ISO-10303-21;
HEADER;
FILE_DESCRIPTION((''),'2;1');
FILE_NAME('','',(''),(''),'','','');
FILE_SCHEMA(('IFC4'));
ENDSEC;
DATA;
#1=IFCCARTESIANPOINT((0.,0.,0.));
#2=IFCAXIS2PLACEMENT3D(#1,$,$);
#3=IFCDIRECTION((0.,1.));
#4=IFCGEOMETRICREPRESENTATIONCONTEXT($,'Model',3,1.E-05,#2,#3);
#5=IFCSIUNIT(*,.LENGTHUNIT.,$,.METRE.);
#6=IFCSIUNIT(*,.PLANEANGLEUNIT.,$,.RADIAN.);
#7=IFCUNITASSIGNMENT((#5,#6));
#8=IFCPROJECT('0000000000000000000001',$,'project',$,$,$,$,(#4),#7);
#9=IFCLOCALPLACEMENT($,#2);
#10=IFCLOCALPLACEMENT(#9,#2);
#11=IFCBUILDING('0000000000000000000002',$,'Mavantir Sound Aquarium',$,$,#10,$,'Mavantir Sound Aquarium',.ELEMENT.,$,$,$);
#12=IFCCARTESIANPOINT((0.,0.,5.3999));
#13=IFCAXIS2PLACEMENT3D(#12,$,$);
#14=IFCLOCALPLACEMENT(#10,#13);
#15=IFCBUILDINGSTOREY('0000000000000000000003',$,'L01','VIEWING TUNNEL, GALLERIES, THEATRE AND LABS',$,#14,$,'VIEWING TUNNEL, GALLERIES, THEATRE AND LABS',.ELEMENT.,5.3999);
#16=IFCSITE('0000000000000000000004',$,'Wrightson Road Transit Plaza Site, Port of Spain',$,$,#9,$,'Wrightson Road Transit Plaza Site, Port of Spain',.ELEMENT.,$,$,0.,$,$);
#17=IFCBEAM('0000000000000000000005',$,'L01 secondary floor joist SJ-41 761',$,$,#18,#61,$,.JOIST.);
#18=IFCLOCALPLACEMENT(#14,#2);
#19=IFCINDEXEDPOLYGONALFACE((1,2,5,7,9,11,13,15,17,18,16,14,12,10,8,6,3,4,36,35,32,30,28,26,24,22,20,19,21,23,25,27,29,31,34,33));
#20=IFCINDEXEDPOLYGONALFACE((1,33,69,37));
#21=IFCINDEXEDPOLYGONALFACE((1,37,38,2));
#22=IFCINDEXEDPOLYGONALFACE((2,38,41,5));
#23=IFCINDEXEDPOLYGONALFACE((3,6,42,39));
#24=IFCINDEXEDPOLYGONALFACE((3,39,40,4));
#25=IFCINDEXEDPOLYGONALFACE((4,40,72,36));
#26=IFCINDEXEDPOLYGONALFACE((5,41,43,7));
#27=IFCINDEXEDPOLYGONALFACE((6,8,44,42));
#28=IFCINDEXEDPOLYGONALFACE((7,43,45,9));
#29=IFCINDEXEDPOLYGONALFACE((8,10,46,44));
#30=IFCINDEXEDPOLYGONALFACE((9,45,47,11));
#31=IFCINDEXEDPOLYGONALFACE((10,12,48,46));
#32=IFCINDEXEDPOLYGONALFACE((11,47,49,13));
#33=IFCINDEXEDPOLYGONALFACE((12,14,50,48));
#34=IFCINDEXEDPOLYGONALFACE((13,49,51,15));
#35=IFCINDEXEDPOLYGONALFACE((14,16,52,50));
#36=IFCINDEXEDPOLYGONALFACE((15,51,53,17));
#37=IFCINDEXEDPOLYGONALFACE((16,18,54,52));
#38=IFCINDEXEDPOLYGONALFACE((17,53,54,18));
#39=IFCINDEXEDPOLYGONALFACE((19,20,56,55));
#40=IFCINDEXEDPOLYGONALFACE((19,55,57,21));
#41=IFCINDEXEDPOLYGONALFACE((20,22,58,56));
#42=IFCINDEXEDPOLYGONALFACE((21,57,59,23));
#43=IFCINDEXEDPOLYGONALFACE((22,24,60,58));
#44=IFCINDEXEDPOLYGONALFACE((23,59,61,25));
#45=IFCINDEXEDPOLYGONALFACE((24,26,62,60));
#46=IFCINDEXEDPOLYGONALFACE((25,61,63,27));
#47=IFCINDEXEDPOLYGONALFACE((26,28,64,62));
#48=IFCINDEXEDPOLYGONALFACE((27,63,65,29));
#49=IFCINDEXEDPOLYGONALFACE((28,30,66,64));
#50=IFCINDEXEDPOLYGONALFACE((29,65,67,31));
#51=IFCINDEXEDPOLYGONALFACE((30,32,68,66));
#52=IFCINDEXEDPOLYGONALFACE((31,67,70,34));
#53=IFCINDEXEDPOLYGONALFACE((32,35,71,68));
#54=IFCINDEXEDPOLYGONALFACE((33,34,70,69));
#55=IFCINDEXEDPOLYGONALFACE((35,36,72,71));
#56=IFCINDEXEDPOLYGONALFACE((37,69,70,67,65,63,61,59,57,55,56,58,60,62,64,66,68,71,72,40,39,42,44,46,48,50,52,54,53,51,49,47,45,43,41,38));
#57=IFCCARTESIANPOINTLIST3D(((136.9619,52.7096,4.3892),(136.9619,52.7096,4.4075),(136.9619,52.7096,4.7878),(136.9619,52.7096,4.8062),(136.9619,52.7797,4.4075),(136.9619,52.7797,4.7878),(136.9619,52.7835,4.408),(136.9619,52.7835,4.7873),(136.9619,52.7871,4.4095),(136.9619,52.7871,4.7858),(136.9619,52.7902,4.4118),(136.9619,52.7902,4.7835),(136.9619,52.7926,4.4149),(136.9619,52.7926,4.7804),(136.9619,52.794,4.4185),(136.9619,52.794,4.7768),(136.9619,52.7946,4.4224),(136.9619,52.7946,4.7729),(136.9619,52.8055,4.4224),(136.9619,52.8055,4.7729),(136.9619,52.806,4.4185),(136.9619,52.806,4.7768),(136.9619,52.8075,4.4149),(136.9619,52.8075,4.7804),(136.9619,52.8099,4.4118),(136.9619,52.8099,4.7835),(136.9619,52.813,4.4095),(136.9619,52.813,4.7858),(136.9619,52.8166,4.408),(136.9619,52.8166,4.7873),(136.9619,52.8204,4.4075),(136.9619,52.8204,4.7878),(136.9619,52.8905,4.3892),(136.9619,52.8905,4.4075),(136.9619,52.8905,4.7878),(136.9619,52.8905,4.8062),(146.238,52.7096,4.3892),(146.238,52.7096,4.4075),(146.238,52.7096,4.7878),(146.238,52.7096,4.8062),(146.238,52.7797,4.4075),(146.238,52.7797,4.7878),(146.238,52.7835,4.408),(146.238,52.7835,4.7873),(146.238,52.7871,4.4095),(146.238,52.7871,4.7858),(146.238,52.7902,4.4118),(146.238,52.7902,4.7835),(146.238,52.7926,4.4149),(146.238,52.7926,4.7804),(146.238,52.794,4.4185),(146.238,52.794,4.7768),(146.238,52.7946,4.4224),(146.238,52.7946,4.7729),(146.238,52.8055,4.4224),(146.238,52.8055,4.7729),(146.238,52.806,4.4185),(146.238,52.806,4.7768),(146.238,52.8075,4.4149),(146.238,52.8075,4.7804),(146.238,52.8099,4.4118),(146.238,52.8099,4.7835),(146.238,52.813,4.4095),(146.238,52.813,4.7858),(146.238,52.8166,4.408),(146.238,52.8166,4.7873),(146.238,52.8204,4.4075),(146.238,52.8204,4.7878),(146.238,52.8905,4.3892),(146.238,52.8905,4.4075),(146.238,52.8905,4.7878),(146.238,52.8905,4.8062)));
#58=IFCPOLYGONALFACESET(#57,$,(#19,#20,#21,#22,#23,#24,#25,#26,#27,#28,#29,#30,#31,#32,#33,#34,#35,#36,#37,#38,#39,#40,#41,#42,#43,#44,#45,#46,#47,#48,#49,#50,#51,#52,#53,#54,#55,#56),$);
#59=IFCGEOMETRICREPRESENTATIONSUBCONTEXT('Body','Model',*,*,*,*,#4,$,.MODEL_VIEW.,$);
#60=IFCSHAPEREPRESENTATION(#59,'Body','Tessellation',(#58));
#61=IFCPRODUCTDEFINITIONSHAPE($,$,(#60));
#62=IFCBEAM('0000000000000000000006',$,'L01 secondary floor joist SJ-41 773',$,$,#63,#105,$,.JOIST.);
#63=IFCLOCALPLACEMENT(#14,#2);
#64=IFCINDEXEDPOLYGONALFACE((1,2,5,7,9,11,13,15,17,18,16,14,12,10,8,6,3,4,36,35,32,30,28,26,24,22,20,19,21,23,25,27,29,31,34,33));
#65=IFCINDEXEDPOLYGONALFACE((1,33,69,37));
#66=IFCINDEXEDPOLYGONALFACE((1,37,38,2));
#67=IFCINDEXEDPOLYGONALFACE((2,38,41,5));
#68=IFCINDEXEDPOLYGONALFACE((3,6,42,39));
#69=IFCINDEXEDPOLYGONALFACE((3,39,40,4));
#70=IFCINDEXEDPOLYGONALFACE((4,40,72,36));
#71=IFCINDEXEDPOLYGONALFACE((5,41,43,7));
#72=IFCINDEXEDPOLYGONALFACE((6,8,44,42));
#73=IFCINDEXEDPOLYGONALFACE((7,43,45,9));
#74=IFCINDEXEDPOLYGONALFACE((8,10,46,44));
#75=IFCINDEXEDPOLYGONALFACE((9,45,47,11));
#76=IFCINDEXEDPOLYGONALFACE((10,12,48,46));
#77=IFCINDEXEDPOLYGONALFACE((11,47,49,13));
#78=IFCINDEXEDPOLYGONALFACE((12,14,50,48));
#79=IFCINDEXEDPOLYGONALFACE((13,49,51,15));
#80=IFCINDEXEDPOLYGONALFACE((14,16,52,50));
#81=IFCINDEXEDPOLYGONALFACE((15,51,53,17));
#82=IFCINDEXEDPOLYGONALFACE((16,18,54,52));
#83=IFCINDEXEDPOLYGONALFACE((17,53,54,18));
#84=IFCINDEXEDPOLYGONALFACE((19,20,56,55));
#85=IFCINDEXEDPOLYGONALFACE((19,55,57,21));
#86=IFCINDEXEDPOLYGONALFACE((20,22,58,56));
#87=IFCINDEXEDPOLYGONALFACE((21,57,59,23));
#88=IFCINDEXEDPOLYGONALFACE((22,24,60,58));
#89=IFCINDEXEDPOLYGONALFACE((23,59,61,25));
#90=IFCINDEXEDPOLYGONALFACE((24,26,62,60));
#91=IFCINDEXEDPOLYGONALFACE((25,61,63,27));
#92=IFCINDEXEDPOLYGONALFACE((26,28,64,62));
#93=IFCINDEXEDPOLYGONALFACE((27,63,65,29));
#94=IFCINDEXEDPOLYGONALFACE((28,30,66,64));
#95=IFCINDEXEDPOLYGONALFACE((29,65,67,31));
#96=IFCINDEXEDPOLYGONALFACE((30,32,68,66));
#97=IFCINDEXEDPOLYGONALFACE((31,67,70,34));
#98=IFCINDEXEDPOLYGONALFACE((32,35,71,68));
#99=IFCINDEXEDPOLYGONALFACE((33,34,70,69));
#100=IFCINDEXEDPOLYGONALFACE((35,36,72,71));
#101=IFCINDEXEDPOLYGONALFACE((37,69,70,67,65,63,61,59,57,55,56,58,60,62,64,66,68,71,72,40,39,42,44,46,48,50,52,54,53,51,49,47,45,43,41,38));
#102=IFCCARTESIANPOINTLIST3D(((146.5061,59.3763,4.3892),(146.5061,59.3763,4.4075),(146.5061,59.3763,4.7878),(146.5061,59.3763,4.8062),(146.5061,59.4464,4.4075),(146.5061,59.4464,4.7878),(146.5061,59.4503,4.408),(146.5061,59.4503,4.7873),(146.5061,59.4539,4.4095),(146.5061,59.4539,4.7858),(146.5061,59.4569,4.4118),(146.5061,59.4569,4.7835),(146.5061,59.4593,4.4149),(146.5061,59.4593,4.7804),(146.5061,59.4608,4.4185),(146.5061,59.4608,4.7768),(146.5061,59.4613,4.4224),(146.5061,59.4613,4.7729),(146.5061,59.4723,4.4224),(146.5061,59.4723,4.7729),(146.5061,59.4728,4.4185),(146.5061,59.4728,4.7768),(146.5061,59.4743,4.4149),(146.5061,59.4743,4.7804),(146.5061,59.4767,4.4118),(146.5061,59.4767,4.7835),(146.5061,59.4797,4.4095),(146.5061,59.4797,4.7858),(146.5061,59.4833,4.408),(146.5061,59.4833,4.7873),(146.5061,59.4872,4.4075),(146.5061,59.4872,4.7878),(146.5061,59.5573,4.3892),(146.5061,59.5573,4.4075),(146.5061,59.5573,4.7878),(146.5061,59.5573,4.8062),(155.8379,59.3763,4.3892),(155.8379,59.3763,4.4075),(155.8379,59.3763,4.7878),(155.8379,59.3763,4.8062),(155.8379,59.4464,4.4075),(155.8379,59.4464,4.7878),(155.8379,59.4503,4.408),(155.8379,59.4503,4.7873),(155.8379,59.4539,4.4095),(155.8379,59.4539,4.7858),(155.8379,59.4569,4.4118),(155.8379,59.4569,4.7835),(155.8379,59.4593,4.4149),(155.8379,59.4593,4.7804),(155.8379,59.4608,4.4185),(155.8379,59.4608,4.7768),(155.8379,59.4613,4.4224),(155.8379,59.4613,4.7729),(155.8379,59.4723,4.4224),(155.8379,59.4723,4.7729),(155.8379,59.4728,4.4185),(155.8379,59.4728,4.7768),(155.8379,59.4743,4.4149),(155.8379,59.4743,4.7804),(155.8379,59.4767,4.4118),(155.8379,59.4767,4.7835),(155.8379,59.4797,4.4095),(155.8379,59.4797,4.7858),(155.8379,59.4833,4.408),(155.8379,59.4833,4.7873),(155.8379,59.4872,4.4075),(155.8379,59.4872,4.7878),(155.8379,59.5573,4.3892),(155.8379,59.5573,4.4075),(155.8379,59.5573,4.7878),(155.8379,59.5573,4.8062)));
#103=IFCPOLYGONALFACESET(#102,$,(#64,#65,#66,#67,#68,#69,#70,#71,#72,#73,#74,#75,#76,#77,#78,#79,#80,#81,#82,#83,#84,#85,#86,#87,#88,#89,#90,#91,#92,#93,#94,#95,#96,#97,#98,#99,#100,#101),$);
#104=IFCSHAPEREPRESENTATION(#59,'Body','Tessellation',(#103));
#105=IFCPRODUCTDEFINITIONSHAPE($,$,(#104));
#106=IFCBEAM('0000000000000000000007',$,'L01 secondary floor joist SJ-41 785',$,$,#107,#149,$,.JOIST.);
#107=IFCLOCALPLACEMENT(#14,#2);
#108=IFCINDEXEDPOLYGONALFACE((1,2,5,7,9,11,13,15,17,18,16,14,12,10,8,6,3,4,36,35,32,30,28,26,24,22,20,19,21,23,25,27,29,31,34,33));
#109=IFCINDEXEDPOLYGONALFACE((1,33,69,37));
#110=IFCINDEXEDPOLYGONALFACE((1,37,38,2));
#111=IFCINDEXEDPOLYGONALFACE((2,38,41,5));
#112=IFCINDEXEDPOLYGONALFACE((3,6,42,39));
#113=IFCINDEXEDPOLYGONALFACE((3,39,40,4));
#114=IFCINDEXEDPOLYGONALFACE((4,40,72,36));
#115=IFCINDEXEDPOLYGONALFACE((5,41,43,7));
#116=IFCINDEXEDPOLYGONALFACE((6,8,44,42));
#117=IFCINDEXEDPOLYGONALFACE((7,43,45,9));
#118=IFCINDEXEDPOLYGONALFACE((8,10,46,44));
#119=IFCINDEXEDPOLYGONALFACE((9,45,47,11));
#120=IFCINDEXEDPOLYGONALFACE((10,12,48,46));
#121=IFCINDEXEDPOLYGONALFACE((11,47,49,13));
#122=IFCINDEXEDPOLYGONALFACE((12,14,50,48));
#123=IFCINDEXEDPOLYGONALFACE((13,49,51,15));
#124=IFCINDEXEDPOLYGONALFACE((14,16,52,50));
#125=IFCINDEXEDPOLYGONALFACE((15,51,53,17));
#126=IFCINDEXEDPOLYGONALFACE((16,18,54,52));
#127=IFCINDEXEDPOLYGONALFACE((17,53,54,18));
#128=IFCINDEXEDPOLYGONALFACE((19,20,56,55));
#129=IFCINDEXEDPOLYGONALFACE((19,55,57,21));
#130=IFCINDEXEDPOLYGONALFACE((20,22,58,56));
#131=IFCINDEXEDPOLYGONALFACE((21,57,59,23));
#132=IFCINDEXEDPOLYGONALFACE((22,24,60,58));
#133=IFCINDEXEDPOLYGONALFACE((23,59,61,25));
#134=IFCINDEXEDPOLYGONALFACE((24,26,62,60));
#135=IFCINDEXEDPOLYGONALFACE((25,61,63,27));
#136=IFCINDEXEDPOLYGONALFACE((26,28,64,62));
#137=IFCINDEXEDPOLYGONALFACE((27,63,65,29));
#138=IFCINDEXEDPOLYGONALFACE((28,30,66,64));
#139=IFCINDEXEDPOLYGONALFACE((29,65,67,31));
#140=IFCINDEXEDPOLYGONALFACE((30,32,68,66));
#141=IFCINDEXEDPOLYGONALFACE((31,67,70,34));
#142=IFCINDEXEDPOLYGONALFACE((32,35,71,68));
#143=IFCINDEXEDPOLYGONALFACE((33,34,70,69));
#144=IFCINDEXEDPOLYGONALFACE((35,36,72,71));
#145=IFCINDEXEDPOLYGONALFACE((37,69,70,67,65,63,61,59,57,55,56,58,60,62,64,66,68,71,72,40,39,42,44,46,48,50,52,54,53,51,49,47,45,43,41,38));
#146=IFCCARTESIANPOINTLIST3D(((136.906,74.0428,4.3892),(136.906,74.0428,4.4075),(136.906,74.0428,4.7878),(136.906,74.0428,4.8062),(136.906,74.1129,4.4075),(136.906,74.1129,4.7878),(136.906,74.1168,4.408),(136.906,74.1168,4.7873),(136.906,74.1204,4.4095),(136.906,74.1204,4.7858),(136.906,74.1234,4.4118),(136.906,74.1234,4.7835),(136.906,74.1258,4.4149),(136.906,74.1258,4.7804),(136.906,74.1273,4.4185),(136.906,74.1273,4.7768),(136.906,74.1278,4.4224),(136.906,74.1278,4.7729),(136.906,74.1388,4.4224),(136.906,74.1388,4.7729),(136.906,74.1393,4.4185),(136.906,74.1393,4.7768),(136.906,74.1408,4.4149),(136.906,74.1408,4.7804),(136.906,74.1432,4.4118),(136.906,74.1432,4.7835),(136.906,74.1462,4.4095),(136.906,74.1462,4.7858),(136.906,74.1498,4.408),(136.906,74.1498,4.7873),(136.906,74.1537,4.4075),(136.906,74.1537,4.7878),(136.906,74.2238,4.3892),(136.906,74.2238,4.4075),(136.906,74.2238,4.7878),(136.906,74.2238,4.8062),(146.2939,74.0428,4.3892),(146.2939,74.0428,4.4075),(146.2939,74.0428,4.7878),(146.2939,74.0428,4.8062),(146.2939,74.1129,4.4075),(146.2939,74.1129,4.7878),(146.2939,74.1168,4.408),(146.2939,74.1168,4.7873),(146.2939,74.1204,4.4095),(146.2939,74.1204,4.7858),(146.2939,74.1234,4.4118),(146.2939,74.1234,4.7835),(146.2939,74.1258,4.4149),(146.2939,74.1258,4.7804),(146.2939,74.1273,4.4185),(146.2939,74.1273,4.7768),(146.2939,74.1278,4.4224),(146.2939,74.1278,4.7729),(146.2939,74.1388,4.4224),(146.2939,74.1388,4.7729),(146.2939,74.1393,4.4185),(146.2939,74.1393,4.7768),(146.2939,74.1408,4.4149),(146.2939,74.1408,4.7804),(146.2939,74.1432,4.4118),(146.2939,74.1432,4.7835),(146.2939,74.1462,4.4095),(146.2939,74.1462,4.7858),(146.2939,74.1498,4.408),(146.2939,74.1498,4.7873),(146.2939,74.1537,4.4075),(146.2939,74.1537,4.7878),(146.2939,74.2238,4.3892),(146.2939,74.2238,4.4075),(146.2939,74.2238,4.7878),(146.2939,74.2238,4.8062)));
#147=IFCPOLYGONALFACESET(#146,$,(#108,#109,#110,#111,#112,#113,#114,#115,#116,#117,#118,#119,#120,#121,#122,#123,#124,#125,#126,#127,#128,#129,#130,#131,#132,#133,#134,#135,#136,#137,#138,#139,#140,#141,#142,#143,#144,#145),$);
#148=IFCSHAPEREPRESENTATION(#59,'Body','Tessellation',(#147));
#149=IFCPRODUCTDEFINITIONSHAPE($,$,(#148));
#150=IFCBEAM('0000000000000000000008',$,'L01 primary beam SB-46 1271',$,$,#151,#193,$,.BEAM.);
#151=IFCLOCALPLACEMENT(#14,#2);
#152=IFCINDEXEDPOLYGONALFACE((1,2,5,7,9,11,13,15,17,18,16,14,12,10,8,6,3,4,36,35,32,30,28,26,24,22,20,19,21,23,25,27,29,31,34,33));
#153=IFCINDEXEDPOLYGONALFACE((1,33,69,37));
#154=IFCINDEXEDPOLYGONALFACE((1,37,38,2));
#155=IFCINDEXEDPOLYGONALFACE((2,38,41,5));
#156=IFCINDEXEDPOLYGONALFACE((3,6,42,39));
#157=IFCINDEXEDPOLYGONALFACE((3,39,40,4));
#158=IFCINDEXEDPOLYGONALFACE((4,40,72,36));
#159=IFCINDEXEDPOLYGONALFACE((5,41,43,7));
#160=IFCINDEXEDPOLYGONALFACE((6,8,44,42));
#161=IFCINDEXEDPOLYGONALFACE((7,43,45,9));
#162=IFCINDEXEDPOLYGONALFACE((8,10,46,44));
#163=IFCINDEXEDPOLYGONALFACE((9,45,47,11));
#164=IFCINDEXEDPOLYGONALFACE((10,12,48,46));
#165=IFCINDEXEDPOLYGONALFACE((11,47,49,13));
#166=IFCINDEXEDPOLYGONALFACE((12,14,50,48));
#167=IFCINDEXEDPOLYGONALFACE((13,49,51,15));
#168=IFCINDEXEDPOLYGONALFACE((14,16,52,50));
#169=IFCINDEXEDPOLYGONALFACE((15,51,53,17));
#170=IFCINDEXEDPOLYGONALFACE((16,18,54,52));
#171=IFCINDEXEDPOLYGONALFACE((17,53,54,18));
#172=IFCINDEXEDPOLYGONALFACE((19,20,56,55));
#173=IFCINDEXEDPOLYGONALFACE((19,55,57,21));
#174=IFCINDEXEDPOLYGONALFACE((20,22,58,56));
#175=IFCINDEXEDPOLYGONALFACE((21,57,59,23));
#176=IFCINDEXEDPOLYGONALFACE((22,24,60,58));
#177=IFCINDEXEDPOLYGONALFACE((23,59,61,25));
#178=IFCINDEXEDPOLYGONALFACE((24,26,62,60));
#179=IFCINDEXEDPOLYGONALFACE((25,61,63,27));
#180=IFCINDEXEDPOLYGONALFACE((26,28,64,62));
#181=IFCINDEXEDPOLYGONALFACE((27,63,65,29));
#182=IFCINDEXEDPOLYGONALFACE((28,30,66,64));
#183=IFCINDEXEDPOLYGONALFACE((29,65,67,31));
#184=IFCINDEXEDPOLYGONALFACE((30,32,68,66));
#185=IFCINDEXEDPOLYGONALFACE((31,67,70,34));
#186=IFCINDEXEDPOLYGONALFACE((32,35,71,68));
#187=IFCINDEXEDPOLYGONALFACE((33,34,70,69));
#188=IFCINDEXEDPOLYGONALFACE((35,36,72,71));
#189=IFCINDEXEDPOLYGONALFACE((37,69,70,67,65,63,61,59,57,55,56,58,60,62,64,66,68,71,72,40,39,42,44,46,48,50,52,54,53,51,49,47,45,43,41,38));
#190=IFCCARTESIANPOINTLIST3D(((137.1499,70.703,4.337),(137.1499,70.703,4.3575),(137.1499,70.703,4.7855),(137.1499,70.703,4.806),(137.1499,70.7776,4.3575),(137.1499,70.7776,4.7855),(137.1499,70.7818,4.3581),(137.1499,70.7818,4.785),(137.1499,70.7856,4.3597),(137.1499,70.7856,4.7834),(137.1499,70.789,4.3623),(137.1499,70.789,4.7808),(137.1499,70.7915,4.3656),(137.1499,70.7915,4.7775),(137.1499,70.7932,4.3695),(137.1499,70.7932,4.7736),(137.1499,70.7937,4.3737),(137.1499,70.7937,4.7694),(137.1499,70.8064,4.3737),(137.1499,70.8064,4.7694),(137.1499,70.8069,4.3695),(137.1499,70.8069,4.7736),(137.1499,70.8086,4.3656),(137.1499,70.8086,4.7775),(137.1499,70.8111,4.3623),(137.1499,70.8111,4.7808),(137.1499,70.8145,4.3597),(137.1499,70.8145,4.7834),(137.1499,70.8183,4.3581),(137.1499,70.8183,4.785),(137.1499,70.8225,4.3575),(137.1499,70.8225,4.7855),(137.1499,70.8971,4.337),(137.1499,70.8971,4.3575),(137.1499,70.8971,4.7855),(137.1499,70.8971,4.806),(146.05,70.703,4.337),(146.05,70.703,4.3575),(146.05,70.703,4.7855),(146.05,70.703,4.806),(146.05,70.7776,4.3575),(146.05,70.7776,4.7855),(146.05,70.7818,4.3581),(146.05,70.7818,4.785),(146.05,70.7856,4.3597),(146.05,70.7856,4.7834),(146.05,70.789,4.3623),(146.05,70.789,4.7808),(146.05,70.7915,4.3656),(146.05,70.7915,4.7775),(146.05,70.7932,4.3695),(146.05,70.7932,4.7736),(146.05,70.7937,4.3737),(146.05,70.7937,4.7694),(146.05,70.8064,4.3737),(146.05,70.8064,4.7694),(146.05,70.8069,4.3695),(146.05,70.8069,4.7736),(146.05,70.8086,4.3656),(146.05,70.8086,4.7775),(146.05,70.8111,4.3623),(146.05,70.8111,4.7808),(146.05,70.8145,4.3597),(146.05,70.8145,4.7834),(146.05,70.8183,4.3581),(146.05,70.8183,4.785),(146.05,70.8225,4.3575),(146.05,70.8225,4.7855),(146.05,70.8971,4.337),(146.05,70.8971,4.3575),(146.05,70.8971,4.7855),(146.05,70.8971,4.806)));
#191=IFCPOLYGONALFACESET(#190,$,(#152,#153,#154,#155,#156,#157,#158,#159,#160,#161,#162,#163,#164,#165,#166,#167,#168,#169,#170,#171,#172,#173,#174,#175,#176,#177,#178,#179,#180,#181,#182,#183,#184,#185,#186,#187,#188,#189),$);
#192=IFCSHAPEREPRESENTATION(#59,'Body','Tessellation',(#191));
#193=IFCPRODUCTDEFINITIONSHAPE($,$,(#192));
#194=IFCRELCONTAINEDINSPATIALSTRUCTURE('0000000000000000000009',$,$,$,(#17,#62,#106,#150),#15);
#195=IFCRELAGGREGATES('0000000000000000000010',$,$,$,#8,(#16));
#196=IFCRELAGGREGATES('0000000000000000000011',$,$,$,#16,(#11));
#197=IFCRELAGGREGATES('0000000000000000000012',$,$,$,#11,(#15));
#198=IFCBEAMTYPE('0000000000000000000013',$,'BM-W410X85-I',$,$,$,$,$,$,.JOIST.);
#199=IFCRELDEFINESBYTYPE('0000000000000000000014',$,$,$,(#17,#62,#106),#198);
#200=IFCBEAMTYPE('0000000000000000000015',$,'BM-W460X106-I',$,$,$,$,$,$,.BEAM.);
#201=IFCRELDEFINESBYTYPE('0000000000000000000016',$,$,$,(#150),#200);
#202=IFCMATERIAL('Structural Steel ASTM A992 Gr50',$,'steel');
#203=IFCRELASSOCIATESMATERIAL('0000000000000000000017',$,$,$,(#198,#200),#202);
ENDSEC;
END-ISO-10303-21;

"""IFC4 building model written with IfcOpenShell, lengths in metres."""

from ifc_helpers import new_model, si_unit, direction, frame, origin, origin_2d, place, context, subcontext, project, spatial, i_section, extrude, material, material_profile, profile_set, type_object, element, save


model = new_model("IFC4")

# Units and contexts
model_context = context("Model", 3, precision=1e-05, world=origin(), true_north=direction((0.0, 1.0)))
body_context = subcontext(model_context, "Body", "Model", "MODEL_VIEW")
ifc_project = project(units=[si_unit("LENGTHUNIT", "METRE"), si_unit("PLANEANGLEUNIT", "RADIAN")], contexts=[model_context])

# Site, building, storey
site_placement = place(None, origin())
site = spatial("IfcSite", under=ifc_project, at=site_placement, Name="Wrightson Road Transit Plaza Site, Port of Spain", LongName="Wrightson Road Transit Plaza Site, Port of Spain", CompositionType="ELEMENT", RefElevation=0.0)
building_placement = place(site_placement, origin())
building = spatial("IfcBuilding", under=site, at=building_placement, Name="Mavantir Sound Aquarium", LongName="Mavantir Sound Aquarium", CompositionType="ELEMENT")
storey_placement = place(building_placement, frame((0.0, 0.0, 5.3999)))
storey = spatial("IfcBuildingStorey", under=building, at=storey_placement, Name="L01", Description="VIEWING TUNNEL, GALLERIES, THEATRE AND LABS", LongName="VIEWING TUNNEL, GALLERIES, THEATRE AND LABS", CompositionType="ELEMENT", Elevation=5.3999)

# Beams
ifc_material_1 = material(Name="Structural Steel ASTM A992 Gr50", Category="steel")
ifc_material_profile_1 = material_profile(ifc_material_1, i_section(OverallWidth=0.1809, OverallDepth=0.417, WebThickness=0.011, FlangeThickness=0.0183, FilletRadius=0.0149, at=origin_2d()), Name="W410X85")
ifc_profile_set_1 = profile_set([ifc_material_profile_1], Name="Structural Steel ASTM A992 Gr50")
beam_type_1 = type_object("IfcBeamType", Name="BM-W410X85-I", PredefinedType="JOIST", material=ifc_profile_set_1)
beam_1_placement = place(storey_placement, frame((136.9619, 52.8, 4.5977), z_axis=(1.0, 0.0, 0.0), x_axis=(0.0, 1.0, 0.0)))
element("IfcBeam", 1, at=beam_1_placement, inside=storey, type_object=beam_type_1, Name="L01 secondary floor joist SJ-41 761", PredefinedType="JOIST", context=body_context, shape_type="SweptSolid", body=[
    extrude(i_section(OverallWidth=0.1809, OverallDepth=0.417, WebThickness=0.011, FlangeThickness=0.0183, FilletRadius=0.0149, at=origin_2d()), origin(), (0.0, 0.0, 1.0), 9.2761),
])
beam_2_placement = place(storey_placement, frame((146.5061, 59.4668, 4.5977), z_axis=(1.0, 0.0, 0.0), x_axis=(0.0, 1.0, 0.0)))
element("IfcBeam", 2, at=beam_2_placement, inside=storey, type_object=beam_type_1, Name="L01 secondary floor joist SJ-41 773", PredefinedType="JOIST", context=body_context, shape_type="SweptSolid", body=[
    extrude(i_section(OverallWidth=0.1809, OverallDepth=0.417, WebThickness=0.011, FlangeThickness=0.0183, FilletRadius=0.0149, at=origin_2d()), origin(), (0.0, 0.0, 1.0), 9.3318),
])
beam_3_placement = place(storey_placement, frame((136.906, 74.1333, 4.5977), z_axis=(1.0, 0.0, 0.0), x_axis=(0.0, 1.0, 0.0)))
element("IfcBeam", 3, at=beam_3_placement, inside=storey, type_object=beam_type_1, Name="L01 secondary floor joist SJ-41 785", PredefinedType="JOIST", context=body_context, shape_type="SweptSolid", body=[
    extrude(i_section(OverallWidth=0.1809, OverallDepth=0.417, WebThickness=0.011, FlangeThickness=0.0183, FilletRadius=0.0149, at=origin_2d()), origin(), (0.0, 0.0, 1.0), 9.3879),
])
ifc_material_profile_2 = material_profile(ifc_material_1, i_section(OverallWidth=0.1941, OverallDepth=0.469, WebThickness=0.0127, FlangeThickness=0.0205, FilletRadius=0.0161, at=origin_2d()), Name="W460X106")
ifc_profile_set_2 = profile_set([ifc_material_profile_2], Name="Structural Steel ASTM A992 Gr50")
beam_type_2 = type_object("IfcBeamType", Name="BM-W460X106-I", PredefinedType="BEAM", material=ifc_profile_set_2)
beam_4_placement = place(storey_placement, frame((137.1499, 70.8, 4.5715), z_axis=(1.0, 0.0, 0.0), x_axis=(0.0, 1.0, 0.0)))
element("IfcBeam", 4, at=beam_4_placement, inside=storey, type_object=beam_type_2, Name="L01 primary beam SB-46 1271", PredefinedType="BEAM", context=body_context, shape_type="SweptSolid", body=[
    extrude(i_section(OverallWidth=0.1941, OverallDepth=0.469, WebThickness=0.0127, FlangeThickness=0.0205, FilletRadius=0.0161, at=origin_2d()), origin(), (0.0, 0.0, 1.0), 8.9001),
])

save(model, "model.ifc")
